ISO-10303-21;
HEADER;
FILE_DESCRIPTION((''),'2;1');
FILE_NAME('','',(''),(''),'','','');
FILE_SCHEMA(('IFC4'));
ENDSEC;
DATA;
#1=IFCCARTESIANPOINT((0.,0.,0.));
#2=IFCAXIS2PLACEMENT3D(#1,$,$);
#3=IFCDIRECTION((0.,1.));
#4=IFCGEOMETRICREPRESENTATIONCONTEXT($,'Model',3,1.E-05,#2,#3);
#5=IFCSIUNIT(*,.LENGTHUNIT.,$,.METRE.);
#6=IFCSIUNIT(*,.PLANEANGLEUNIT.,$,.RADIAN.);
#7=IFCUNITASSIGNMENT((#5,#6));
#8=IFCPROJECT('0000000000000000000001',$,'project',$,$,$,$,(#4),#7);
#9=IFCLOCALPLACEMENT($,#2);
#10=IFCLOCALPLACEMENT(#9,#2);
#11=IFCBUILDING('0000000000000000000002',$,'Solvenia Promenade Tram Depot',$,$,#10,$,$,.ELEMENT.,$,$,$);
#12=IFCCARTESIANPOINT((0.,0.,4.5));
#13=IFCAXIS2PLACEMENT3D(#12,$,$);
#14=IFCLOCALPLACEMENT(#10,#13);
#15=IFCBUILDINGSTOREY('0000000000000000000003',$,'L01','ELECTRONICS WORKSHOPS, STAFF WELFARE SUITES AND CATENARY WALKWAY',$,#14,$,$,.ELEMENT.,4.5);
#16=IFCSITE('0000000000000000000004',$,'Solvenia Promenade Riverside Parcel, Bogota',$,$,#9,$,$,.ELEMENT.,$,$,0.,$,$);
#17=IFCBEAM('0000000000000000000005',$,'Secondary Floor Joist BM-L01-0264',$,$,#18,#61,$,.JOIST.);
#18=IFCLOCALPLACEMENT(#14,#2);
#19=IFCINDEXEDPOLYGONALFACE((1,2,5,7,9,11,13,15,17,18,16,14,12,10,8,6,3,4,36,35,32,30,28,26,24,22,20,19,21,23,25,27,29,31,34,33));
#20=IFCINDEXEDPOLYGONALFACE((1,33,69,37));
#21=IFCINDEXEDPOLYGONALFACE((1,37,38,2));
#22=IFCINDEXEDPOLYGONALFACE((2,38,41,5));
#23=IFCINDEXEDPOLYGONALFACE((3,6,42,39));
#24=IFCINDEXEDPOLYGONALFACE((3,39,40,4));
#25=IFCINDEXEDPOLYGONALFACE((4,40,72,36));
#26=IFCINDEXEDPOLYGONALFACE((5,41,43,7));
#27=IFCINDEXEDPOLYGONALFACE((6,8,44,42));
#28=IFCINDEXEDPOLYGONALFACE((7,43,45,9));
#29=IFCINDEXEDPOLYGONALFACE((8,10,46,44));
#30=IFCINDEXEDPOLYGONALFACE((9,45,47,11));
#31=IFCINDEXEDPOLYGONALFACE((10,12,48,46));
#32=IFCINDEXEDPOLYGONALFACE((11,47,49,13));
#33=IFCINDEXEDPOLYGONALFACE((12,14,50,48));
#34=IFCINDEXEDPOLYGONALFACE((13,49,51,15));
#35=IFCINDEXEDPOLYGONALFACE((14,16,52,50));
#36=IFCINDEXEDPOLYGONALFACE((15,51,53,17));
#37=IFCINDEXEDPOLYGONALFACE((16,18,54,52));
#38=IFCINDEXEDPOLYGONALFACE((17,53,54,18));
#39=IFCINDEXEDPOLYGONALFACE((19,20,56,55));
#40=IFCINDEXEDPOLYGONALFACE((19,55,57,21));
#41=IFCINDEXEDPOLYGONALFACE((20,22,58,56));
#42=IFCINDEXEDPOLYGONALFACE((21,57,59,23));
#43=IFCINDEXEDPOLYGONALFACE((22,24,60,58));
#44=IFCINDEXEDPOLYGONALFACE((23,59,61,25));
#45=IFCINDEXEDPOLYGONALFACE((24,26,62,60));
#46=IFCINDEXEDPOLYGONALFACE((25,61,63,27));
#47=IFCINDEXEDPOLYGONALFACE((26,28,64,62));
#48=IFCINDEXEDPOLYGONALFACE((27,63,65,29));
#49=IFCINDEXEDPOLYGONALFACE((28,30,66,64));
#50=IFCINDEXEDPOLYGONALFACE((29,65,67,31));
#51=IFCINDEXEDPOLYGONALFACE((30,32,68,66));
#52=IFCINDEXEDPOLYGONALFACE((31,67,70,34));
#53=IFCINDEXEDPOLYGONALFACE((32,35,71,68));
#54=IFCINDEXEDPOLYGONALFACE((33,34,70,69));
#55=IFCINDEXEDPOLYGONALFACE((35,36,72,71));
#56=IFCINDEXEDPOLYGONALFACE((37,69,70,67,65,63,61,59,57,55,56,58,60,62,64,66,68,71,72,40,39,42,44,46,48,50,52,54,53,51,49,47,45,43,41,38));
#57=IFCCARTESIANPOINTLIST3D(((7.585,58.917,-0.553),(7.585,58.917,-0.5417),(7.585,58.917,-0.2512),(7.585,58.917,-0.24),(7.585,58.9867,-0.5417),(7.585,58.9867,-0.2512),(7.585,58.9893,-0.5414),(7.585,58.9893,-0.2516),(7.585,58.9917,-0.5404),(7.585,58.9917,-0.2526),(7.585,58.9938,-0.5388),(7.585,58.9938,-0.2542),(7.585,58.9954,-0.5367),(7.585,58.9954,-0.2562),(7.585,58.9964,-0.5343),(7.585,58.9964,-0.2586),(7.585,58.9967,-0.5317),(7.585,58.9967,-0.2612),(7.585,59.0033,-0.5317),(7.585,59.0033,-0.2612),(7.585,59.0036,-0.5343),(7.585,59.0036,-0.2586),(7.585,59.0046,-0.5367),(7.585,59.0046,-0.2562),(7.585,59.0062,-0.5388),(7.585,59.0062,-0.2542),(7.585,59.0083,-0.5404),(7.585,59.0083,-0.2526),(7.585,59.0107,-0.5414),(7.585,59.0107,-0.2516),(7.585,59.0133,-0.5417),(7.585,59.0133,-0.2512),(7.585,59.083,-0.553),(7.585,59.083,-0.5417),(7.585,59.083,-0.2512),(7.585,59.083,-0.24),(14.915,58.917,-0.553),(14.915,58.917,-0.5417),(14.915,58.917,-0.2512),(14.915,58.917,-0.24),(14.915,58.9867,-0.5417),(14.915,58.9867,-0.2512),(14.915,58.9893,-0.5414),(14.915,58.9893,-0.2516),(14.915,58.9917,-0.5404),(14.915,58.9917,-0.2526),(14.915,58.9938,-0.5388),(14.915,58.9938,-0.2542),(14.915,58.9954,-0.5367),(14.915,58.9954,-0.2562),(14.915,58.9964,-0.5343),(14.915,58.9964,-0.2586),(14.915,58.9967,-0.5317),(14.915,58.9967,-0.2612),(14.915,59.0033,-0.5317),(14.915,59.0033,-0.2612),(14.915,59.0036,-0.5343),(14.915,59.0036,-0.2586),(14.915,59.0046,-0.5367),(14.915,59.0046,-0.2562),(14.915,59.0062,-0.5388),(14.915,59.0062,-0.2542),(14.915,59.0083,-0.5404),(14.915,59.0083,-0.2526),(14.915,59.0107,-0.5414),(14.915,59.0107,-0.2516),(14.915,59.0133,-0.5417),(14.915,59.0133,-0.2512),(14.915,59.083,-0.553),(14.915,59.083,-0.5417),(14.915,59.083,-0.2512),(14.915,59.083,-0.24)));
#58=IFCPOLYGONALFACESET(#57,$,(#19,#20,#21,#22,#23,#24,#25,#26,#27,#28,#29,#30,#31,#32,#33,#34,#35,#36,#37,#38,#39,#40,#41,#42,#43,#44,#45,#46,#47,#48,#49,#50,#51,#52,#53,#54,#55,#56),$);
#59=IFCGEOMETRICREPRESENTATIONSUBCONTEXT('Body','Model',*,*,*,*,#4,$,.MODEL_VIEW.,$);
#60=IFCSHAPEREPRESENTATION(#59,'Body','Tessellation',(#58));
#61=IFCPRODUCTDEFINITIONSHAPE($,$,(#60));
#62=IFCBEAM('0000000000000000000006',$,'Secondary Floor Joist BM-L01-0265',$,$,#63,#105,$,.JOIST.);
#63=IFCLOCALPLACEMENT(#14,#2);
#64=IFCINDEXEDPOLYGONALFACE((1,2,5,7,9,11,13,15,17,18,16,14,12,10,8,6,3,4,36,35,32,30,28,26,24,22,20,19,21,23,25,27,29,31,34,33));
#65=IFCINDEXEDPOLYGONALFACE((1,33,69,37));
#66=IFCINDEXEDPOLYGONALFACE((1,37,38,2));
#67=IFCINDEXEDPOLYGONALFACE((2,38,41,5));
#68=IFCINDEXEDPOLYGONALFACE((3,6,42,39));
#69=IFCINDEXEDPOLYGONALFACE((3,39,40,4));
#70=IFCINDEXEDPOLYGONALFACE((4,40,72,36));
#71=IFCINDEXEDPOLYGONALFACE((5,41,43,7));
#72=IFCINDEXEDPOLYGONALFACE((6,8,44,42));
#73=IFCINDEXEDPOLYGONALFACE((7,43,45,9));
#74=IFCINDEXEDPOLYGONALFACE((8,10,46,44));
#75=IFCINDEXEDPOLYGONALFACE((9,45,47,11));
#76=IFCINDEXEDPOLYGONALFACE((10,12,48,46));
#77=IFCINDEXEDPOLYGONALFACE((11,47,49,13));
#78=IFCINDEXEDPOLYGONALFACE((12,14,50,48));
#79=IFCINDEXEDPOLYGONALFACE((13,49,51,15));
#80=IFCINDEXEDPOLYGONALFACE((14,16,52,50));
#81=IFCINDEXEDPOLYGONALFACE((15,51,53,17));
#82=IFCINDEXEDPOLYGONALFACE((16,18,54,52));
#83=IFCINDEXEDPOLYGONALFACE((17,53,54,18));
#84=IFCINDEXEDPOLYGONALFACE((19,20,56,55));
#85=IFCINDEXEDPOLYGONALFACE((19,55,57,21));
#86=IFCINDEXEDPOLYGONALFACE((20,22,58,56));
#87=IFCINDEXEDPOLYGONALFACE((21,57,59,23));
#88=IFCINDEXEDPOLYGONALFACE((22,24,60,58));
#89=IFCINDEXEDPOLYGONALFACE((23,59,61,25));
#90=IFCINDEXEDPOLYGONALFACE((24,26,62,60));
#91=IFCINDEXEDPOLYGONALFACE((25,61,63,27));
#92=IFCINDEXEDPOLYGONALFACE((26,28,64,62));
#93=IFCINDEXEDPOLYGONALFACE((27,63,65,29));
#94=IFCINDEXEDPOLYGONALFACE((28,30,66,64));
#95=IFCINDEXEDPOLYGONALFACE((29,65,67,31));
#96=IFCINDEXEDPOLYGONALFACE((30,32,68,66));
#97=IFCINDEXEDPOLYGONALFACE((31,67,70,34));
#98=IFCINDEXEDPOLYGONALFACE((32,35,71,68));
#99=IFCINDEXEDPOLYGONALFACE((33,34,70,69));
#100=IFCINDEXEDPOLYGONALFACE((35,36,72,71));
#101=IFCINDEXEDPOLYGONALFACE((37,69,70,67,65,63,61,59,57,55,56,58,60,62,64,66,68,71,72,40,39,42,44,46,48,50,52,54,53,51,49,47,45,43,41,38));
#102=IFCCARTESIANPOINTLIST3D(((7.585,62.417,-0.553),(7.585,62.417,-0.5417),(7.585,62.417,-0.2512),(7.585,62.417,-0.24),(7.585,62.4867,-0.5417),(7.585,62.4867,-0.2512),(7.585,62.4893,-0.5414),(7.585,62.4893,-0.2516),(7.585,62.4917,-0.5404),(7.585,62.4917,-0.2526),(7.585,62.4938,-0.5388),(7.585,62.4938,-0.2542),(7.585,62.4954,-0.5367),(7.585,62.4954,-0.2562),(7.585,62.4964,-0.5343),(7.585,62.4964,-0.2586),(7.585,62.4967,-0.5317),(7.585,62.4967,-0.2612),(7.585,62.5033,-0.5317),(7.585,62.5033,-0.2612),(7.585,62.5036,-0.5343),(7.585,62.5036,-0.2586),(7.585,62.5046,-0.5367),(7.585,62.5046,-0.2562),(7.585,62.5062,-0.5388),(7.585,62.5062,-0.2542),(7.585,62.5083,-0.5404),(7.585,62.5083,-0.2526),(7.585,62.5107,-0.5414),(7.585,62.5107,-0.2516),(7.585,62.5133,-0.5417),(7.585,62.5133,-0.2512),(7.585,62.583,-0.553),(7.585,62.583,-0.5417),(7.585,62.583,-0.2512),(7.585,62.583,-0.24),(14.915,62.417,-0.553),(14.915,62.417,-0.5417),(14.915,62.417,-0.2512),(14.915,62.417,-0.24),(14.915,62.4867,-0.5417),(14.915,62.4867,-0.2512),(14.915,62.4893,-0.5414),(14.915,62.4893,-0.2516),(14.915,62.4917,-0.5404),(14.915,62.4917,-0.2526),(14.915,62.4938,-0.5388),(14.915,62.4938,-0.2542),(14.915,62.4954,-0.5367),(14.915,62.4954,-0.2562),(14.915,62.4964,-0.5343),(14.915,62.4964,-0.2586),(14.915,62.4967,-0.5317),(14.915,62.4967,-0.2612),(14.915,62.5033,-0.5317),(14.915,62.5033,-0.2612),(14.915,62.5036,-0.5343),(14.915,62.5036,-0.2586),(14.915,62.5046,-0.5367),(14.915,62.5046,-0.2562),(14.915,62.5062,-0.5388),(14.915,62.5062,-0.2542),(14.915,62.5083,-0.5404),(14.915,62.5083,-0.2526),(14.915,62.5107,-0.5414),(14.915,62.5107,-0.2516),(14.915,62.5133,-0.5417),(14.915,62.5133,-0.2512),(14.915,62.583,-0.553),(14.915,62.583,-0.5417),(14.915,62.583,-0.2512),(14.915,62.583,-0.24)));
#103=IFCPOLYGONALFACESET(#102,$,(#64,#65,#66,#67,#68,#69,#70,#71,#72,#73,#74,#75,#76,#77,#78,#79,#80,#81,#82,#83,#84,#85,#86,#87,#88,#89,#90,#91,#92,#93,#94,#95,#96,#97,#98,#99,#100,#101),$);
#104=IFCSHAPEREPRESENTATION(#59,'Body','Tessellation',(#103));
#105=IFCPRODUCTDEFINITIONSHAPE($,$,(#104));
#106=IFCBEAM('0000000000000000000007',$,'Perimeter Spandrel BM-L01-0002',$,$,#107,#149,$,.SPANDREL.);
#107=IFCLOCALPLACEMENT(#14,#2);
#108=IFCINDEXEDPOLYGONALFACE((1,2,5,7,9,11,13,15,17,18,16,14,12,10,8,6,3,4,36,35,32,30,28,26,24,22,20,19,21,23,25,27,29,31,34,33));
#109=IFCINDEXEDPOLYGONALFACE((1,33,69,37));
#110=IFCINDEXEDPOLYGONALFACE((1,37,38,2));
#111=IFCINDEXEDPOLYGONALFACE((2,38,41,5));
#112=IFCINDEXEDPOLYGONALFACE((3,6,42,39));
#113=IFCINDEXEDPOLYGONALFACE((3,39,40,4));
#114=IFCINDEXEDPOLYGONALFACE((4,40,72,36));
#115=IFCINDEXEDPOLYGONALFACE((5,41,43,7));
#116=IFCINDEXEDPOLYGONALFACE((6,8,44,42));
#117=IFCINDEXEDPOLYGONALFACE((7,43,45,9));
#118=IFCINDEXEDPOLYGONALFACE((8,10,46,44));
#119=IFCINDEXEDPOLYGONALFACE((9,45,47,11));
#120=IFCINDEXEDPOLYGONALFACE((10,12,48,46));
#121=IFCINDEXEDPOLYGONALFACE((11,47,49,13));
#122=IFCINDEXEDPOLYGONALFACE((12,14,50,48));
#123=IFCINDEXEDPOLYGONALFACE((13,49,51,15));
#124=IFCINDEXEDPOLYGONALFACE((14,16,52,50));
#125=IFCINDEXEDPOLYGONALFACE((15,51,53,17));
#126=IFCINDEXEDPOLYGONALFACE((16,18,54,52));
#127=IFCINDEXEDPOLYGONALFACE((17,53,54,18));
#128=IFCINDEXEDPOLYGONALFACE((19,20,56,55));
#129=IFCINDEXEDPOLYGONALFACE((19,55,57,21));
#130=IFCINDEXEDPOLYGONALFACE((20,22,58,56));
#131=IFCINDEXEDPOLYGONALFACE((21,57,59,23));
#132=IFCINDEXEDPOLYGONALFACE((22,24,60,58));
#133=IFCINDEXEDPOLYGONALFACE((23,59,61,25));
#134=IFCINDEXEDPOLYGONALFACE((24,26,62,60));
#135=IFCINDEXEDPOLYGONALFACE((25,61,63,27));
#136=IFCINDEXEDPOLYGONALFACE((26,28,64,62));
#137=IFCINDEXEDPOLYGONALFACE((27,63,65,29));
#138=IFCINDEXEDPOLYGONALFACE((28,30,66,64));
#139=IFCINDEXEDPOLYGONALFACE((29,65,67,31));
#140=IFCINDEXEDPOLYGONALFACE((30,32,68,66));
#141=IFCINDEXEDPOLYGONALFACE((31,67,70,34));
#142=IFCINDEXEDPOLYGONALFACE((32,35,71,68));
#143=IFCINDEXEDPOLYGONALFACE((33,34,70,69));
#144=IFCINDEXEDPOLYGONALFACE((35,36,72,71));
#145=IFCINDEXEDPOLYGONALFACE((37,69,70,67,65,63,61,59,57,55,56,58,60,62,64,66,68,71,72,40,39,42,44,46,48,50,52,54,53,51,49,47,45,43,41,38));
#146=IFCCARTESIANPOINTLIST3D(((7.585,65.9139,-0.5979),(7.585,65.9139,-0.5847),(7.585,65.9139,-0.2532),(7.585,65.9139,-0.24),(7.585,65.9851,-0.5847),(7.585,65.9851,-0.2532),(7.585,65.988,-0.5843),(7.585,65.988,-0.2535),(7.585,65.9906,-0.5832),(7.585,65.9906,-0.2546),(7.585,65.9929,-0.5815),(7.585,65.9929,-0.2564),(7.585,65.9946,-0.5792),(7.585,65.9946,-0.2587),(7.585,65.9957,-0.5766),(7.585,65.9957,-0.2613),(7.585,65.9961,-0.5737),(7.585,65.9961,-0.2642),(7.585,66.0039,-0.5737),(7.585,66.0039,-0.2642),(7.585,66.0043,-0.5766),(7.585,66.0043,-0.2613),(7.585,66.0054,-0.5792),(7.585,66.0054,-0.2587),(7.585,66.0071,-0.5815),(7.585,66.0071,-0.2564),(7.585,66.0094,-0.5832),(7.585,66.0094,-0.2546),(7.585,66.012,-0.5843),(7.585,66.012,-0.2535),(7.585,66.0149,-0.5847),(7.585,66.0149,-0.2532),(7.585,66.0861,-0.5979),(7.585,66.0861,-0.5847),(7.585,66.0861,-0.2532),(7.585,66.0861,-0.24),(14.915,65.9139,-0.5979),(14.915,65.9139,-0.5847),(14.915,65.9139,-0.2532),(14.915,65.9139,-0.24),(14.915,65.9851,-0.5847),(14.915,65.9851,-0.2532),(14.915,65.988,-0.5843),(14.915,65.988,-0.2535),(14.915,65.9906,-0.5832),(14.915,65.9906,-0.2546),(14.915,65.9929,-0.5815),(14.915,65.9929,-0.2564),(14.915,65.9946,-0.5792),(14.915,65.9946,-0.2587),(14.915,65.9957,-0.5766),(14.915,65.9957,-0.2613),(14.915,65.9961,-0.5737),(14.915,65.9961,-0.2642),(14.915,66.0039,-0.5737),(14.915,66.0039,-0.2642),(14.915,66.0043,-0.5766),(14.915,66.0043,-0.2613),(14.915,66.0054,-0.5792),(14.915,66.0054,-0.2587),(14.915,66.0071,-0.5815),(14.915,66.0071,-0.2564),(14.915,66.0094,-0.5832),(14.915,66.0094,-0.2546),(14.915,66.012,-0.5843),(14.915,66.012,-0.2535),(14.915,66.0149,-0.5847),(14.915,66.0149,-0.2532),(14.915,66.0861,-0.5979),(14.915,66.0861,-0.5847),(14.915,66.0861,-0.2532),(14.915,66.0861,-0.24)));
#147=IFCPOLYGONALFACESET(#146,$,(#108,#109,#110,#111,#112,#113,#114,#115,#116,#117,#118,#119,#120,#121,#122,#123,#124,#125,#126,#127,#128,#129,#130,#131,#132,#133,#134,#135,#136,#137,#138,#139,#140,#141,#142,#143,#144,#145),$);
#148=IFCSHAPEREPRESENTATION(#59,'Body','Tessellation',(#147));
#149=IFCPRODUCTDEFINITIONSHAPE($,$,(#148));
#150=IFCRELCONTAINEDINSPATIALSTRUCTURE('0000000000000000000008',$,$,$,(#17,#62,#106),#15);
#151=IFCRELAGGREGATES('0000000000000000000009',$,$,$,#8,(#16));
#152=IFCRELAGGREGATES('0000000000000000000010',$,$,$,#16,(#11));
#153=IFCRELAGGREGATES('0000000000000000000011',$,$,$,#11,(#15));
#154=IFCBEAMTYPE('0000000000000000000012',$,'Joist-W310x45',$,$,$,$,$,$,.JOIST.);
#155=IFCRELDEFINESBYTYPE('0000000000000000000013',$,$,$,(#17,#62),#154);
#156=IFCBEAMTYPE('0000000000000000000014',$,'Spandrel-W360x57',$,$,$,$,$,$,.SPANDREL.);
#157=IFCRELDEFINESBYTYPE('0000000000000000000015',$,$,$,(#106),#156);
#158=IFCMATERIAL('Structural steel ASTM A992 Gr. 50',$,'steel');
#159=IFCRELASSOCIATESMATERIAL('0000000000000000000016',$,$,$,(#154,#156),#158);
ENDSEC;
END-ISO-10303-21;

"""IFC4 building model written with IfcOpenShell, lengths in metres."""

from ifc_helpers import new_model, si_unit, direction, frame, origin, origin_2d, place, context, subcontext, project, spatial, i_section, extrude, material, material_profile, profile_set, type_object, element, save


model = new_model("IFC4")

# Units and contexts
model_context = context("Model", 3, precision=1e-05, world=origin(), true_north=direction((0.0, 1.0)))
body_context = subcontext(model_context, "Body", "Model", "MODEL_VIEW")
ifc_project = project(units=[si_unit("LENGTHUNIT", "METRE"), si_unit("PLANEANGLEUNIT", "RADIAN")], contexts=[model_context])

# Site, building, storey
site_placement = place(None, origin())
site = spatial("IfcSite", under=ifc_project, at=site_placement, Name="Solvenia Promenade Riverside Parcel, Bogota", CompositionType="ELEMENT", RefElevation=0.0)
building_placement = place(site_placement, origin())
building = spatial("IfcBuilding", under=site, at=building_placement, Name="Solvenia Promenade Tram Depot", CompositionType="ELEMENT")
storey_placement = place(building_placement, frame((0.0, 0.0, 4.5)))
storey = spatial("IfcBuildingStorey", under=building, at=storey_placement, Name="L01", Description="ELECTRONICS WORKSHOPS, STAFF WELFARE SUITES AND CATENARY WALKWAY", CompositionType="ELEMENT", Elevation=4.5)

# Shared definitions
ifc_material_1 = material(Name="Structural steel ASTM A992 Gr. 50", Category="steel")

# Beams
ifc_material_profile_1 = material_profile(ifc_material_1, i_section(OverallWidth=0.166, OverallDepth=0.313, WebThickness=0.0066, FlangeThickness=0.0112, FilletRadius=0.01, at=origin_2d()), Name="W310x45", Category="steel")
ifc_profile_set_1 = profile_set([ifc_material_profile_1], Name="Structural steel ASTM A992 Gr. 50")
beam_type_1 = type_object("IfcBeamType", Name="Joist-W310x45", PredefinedType="JOIST", material=ifc_profile_set_1)
for number, where, z_axis, x_axis, name in (
    (1, (7.585, 59.0, -0.3965), (1.0, 0.0, 0.0), (0.0, 1.0, 0.0), "Secondary Floor Joist BM-L01-0264"),
    (2, (7.585, 62.5, -0.3965), (1.0, 0.0, 0.0), (0.0, 1.0, 0.0), "Secondary Floor Joist BM-L01-0265"),
):
    element("IfcBeam", number, at=place(storey_placement, frame(where, z_axis=z_axis, x_axis=x_axis)), inside=storey, type_object=beam_type_1, Name=name, PredefinedType="JOIST", context=body_context, shape_type="SweptSolid", body=[
        extrude(i_section(OverallWidth=0.166, OverallDepth=0.313, WebThickness=0.0066, FlangeThickness=0.0112, FilletRadius=0.01, at=origin_2d()), origin(), (0.0, 0.0, 1.0), 7.3301),
    ])
ifc_material_profile_2 = material_profile(ifc_material_1, i_section(OverallWidth=0.1721, OverallDepth=0.3579, WebThickness=0.0078, FlangeThickness=0.0132, FilletRadius=0.011, at=origin_2d()), Name="W360x57", Category="steel")
ifc_profile_set_2 = profile_set([ifc_material_profile_2], Name="Structural steel ASTM A992 Gr. 50")
beam_type_2 = type_object("IfcBeamType", Name="Spandrel-W360x57", PredefinedType="SPANDREL", material=ifc_profile_set_2)
beam_placement = place(storey_placement, frame((7.585, 66.0, -0.4189), z_axis=(1.0, 0.0, 0.0), x_axis=(0.0, 1.0, 0.0)))
element("IfcBeam", 3, at=beam_placement, inside=storey, type_object=beam_type_2, Name="Perimeter Spandrel BM-L01-0002", PredefinedType="SPANDREL", context=body_context, shape_type="SweptSolid", body=[
    extrude(i_section(OverallWidth=0.1721, OverallDepth=0.3579, WebThickness=0.0078, FlangeThickness=0.0132, FilletRadius=0.011, at=origin_2d()), origin(), (0.0, 0.0, 1.0), 7.3301),
])

save(model, "model.ifc")
